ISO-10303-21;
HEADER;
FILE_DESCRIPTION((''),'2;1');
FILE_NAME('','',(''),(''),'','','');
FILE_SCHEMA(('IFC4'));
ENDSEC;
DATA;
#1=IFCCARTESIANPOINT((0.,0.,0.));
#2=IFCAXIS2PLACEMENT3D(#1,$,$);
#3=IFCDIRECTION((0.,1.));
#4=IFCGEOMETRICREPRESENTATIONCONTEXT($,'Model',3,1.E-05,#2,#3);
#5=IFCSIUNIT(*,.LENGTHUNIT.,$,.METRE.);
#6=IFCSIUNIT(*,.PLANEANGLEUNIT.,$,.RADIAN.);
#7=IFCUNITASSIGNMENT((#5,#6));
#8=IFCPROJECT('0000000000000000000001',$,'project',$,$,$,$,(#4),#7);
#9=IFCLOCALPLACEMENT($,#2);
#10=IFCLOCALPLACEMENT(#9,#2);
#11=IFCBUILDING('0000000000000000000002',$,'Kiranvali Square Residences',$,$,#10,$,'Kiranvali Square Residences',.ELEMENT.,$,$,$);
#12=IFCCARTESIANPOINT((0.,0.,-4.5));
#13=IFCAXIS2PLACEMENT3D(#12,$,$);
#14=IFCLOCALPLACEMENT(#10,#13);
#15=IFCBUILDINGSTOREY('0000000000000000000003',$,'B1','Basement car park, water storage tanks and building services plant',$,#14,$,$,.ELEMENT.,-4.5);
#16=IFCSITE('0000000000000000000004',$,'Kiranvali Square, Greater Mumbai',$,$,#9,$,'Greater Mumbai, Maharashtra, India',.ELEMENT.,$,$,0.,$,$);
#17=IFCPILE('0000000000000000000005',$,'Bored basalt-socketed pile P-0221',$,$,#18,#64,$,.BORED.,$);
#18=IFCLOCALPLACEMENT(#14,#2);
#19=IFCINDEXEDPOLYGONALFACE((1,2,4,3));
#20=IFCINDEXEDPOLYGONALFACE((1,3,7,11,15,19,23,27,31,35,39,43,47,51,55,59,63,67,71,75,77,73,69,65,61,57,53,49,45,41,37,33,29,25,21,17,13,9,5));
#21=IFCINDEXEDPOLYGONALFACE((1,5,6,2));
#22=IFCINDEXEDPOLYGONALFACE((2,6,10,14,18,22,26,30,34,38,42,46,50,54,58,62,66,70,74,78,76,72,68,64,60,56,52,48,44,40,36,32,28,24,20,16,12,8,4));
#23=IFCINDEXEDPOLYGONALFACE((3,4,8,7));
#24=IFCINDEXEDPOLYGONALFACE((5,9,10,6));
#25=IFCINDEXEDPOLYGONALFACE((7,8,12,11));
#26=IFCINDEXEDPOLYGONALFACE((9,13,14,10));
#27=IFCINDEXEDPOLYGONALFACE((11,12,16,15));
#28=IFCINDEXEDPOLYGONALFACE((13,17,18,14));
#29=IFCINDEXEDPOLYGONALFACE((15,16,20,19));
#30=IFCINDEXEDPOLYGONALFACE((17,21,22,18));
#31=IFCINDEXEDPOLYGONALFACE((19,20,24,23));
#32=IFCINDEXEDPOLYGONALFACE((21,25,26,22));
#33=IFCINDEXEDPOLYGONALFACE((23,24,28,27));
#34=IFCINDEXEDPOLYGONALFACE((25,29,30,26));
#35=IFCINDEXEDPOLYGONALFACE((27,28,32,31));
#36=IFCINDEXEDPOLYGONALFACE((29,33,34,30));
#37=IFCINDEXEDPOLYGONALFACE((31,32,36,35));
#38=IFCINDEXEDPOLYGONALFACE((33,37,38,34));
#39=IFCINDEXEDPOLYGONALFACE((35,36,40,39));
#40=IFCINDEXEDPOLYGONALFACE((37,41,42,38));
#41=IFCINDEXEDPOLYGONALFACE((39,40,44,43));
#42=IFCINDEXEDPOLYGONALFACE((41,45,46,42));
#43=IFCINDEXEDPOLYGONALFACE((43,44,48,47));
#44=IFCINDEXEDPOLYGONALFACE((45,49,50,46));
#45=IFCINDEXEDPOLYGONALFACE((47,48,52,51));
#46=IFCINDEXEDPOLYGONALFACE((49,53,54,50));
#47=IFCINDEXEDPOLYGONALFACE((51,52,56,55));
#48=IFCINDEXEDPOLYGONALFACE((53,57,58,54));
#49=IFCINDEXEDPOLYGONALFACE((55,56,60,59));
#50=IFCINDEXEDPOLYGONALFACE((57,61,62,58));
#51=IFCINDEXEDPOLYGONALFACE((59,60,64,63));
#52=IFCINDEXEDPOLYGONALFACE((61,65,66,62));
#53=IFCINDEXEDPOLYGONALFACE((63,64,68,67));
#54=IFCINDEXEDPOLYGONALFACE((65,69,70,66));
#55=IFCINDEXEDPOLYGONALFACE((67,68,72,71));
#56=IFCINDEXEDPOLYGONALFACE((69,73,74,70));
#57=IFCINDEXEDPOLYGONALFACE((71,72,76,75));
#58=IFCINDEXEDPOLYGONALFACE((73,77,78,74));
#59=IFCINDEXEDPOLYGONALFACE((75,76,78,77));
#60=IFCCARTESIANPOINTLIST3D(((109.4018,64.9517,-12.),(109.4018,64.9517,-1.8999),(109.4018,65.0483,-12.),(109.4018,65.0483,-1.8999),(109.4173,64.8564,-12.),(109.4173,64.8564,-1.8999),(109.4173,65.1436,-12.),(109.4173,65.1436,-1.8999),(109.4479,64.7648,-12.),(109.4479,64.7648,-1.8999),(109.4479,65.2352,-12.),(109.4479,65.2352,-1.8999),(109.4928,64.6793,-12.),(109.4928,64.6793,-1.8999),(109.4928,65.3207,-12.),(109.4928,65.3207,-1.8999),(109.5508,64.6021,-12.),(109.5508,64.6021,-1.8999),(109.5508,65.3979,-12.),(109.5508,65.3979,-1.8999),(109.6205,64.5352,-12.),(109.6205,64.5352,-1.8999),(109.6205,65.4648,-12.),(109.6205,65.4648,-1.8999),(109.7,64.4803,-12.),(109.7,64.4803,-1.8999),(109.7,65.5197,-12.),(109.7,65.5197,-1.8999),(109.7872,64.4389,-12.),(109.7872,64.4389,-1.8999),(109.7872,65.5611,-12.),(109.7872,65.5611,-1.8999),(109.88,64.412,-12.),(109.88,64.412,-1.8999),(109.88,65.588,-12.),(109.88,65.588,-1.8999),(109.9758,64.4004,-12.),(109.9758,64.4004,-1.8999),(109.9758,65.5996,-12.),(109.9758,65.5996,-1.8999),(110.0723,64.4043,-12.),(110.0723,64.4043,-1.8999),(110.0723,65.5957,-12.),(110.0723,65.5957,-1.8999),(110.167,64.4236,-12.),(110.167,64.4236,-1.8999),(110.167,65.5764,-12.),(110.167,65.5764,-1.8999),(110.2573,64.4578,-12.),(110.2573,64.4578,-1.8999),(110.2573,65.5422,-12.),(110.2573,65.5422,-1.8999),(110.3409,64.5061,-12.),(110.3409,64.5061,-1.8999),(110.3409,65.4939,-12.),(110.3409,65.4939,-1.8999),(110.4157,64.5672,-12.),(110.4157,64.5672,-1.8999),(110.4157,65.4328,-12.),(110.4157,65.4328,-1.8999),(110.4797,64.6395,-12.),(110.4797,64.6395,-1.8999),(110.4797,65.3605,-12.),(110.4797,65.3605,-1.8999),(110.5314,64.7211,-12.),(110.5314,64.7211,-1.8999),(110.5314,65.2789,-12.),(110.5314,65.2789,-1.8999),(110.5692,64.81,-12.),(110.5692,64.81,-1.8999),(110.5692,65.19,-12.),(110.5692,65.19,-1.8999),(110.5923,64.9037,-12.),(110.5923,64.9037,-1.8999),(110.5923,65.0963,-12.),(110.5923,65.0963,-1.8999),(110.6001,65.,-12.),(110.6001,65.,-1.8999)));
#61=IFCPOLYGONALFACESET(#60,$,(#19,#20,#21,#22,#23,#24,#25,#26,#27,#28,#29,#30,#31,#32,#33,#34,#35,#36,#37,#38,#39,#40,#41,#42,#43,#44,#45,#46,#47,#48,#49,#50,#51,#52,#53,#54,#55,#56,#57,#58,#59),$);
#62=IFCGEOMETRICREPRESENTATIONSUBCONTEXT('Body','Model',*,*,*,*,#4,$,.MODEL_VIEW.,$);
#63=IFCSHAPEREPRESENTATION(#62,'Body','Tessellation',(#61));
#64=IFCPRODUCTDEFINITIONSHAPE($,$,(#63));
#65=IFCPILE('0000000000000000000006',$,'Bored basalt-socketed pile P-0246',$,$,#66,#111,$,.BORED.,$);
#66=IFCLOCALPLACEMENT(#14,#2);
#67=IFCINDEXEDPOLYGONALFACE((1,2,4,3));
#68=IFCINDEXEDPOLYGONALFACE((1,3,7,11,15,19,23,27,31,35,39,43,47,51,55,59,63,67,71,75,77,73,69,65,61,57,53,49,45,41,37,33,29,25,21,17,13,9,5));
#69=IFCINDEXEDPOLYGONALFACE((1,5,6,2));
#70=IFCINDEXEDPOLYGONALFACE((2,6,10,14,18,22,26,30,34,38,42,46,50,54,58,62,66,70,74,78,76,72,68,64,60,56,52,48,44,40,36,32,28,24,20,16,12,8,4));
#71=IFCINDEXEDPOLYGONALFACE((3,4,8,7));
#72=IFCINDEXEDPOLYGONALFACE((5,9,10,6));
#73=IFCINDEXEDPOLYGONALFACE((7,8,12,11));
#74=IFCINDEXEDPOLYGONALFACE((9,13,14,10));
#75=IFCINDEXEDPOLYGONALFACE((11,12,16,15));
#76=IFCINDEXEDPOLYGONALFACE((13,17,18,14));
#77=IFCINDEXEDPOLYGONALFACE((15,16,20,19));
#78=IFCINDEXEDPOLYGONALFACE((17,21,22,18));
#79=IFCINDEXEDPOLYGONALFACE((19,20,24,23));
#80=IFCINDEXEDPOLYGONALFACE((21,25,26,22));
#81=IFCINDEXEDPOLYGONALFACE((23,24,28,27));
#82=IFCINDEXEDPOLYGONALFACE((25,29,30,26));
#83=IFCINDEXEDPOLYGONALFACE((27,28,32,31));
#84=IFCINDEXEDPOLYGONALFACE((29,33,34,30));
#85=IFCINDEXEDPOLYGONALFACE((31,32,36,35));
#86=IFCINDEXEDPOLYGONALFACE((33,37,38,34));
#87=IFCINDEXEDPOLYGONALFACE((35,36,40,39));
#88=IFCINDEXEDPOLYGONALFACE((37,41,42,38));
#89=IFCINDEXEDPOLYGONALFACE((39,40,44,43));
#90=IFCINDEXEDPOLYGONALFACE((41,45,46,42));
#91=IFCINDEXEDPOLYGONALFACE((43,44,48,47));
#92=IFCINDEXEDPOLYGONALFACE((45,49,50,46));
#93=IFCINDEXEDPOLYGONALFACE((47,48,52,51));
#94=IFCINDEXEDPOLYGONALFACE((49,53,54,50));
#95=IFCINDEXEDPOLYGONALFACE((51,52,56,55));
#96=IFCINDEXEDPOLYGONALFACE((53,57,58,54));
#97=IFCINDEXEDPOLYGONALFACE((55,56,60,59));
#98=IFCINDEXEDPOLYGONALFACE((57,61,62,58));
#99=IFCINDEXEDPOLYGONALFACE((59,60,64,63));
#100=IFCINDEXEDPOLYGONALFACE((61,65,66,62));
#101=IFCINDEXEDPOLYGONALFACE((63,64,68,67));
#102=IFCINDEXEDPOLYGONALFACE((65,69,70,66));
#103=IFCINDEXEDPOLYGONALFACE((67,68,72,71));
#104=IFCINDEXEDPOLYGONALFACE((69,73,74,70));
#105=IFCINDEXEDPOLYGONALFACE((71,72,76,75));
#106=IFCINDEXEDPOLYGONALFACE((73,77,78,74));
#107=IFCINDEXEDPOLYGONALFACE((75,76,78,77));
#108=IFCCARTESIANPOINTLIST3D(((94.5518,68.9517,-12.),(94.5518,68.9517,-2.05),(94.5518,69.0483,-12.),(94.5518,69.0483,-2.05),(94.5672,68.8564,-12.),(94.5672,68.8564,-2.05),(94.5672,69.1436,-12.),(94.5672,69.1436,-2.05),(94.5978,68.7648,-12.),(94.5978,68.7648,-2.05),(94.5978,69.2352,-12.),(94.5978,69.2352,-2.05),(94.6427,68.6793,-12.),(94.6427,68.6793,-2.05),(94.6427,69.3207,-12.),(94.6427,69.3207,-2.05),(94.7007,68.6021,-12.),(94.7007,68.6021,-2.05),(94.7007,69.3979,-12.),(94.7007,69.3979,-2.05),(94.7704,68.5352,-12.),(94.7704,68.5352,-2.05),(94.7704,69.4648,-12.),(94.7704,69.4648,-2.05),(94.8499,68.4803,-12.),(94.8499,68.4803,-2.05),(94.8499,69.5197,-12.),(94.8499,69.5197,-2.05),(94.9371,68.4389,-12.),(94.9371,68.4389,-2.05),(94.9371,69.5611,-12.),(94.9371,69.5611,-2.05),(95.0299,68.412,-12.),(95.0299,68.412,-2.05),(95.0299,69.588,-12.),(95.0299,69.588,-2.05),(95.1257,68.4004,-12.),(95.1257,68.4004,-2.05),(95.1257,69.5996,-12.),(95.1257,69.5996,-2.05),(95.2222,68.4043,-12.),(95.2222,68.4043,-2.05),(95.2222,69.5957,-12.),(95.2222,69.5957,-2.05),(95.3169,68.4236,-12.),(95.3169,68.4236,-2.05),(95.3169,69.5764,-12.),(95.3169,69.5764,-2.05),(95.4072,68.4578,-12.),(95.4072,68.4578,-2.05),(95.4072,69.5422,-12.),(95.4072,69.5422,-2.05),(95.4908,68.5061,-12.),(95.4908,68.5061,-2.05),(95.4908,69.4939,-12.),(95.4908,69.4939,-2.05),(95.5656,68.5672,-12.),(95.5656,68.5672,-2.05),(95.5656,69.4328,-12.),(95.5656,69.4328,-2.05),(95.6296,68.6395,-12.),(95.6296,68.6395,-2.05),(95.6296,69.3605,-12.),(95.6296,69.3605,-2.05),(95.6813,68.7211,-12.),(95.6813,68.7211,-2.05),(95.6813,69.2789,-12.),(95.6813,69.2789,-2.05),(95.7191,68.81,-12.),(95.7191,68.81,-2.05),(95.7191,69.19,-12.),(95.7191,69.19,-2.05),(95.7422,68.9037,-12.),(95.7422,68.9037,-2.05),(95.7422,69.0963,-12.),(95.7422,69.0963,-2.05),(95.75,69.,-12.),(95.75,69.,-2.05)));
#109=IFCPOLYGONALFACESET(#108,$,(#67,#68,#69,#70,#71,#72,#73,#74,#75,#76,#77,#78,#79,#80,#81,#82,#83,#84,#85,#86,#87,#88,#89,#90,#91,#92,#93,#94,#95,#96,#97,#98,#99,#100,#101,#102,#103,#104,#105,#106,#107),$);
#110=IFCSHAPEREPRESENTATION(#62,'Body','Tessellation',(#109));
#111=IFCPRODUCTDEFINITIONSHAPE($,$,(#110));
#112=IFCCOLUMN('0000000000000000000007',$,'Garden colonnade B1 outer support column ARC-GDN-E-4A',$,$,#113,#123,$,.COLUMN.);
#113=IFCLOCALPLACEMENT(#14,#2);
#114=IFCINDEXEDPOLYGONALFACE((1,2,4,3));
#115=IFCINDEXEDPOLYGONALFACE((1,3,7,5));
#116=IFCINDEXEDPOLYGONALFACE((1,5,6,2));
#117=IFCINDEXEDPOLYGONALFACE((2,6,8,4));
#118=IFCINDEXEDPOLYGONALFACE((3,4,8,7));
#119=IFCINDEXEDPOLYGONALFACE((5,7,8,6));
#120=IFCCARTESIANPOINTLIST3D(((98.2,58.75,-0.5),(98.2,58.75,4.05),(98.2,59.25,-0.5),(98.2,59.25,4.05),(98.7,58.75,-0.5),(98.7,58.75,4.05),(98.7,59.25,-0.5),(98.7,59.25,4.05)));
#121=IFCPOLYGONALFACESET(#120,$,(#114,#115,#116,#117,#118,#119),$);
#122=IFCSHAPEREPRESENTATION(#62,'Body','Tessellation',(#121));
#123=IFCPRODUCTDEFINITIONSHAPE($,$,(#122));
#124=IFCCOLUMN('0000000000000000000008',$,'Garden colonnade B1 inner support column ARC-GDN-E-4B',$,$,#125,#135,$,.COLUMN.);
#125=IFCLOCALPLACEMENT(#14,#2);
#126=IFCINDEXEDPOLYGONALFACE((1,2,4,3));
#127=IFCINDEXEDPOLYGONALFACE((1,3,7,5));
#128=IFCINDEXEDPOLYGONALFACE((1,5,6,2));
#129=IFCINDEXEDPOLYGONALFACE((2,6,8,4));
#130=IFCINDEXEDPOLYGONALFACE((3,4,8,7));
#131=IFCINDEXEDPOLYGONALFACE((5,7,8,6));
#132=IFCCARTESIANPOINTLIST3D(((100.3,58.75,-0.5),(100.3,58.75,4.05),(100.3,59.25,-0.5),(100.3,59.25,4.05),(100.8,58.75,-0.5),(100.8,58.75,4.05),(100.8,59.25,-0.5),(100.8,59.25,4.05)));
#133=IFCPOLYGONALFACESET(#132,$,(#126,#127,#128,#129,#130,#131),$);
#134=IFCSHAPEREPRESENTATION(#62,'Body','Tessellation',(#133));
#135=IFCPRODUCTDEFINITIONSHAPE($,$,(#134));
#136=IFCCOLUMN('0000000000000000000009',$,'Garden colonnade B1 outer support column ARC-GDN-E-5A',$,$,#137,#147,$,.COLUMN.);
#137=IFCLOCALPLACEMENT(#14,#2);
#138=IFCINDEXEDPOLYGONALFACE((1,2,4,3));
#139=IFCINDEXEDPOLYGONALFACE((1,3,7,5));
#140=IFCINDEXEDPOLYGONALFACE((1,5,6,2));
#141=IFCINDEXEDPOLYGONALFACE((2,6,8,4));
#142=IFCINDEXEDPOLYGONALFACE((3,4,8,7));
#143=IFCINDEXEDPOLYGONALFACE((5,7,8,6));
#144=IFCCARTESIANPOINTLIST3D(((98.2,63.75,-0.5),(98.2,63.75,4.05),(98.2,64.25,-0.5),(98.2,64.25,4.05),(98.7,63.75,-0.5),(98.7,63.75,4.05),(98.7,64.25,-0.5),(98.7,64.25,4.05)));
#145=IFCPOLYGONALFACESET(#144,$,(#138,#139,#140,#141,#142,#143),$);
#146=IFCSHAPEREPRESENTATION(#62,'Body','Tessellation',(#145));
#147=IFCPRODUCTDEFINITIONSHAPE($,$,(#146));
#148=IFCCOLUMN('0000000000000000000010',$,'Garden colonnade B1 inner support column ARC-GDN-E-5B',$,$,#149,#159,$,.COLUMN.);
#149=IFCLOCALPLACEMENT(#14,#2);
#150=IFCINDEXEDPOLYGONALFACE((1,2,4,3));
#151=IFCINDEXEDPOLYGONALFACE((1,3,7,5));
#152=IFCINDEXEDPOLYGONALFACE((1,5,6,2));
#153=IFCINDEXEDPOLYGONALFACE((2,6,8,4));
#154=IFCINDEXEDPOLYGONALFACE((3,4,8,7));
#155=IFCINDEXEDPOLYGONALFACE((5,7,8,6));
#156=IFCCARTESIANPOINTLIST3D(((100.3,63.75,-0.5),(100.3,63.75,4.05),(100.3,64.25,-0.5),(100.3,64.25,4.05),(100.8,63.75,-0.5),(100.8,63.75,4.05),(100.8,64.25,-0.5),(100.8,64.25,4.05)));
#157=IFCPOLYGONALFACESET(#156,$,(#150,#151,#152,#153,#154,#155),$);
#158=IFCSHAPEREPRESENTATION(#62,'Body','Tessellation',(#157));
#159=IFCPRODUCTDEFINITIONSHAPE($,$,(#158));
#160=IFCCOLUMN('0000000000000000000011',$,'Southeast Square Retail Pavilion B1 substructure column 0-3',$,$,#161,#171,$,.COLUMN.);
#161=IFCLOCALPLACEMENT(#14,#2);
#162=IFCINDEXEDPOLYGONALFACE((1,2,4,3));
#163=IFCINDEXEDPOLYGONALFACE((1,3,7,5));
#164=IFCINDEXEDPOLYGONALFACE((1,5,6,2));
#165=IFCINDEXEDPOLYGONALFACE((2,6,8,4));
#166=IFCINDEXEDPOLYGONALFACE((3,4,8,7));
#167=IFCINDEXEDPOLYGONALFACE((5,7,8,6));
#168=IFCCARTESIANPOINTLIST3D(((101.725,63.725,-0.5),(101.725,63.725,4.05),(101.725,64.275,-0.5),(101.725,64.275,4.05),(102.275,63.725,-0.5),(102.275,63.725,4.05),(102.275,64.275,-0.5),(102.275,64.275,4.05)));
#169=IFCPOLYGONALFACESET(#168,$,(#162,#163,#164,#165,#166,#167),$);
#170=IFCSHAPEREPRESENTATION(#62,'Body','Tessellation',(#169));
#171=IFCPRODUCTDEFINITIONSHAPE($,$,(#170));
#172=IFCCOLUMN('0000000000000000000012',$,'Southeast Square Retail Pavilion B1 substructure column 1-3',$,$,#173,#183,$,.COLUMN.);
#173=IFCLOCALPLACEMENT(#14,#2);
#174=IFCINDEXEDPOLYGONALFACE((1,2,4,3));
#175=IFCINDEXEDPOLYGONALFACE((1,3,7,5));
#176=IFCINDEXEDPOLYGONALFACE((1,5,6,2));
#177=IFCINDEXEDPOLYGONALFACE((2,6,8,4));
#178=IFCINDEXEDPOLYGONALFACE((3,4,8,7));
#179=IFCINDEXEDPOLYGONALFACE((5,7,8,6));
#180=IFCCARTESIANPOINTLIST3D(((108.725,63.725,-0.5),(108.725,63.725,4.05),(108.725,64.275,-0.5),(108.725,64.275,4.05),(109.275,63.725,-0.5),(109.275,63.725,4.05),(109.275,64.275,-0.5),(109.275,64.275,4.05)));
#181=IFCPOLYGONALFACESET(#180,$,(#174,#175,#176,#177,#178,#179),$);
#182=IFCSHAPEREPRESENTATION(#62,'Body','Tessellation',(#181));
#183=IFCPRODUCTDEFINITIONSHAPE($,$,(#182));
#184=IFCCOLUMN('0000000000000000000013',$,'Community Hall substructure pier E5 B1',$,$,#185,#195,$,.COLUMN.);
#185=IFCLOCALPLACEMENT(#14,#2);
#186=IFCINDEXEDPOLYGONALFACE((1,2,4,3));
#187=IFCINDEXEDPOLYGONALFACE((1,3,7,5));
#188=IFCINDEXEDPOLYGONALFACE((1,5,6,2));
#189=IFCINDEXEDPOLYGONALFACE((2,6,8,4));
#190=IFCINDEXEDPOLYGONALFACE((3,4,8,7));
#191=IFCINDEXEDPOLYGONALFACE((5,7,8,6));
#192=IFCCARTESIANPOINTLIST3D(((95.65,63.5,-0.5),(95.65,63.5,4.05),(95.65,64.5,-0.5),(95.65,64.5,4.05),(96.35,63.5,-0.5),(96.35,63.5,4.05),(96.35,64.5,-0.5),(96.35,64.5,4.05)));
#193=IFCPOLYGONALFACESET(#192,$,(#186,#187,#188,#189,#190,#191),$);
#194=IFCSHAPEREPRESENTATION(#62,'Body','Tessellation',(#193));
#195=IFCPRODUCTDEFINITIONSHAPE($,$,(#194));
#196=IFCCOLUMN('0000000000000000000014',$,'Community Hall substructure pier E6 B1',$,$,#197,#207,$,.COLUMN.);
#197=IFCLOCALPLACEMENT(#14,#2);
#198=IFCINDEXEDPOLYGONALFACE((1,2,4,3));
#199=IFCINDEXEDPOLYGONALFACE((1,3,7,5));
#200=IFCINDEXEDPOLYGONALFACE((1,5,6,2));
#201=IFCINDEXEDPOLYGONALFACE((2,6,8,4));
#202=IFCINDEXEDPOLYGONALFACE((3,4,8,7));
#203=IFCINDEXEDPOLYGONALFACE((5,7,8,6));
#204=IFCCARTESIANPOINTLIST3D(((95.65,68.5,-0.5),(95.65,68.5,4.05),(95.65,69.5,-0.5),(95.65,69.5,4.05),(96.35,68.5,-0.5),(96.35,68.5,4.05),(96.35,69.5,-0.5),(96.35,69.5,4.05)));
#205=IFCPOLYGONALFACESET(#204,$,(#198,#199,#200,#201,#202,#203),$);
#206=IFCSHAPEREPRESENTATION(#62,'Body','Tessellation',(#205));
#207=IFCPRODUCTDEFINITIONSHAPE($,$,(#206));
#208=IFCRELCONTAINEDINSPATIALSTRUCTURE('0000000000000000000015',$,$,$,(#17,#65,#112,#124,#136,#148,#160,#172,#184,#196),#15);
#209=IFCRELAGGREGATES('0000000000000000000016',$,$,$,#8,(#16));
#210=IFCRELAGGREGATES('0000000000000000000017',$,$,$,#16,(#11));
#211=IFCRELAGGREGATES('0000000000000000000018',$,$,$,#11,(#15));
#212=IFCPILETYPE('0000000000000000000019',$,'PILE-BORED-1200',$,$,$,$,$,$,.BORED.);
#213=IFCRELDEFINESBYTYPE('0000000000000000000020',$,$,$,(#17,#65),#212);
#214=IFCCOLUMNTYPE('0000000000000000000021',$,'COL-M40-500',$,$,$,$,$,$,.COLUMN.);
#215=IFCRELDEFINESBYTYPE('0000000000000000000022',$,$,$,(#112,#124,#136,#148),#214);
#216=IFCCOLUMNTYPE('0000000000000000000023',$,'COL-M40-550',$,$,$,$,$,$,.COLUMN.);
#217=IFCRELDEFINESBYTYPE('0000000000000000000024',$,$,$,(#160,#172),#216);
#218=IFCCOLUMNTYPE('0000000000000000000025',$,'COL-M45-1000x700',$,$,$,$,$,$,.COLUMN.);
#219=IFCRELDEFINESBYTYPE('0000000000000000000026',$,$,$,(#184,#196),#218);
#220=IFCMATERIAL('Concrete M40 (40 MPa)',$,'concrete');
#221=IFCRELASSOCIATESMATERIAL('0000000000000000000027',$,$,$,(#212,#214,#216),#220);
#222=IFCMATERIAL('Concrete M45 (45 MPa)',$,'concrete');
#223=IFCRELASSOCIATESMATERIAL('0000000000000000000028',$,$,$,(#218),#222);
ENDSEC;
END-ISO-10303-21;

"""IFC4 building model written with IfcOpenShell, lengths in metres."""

from ifc_helpers import new_model, si_unit, direction, frame, origin, origin_2d, place, context, subcontext, project, spatial, rectangle, circle, extrude, material, material_profile, profile_set, type_object, element, save


model = new_model("IFC4")

# Units and contexts
model_context = context("Model", 3, precision=1e-05, world=origin(), true_north=direction((0.0, 1.0)))
body_context = subcontext(model_context, "Body", "Model", "MODEL_VIEW")
ifc_project = project(units=[si_unit("LENGTHUNIT", "METRE"), si_unit("PLANEANGLEUNIT", "RADIAN")], contexts=[model_context])

# Site, building, storey
site_placement = place(None, origin())
site = spatial("IfcSite", under=ifc_project, at=site_placement, Name="Kiranvali Square, Greater Mumbai", LongName="Greater Mumbai, Maharashtra, India", CompositionType="ELEMENT", RefElevation=0.0)
building_placement = place(site_placement, origin())
building = spatial("IfcBuilding", under=site, at=building_placement, Name="Kiranvali Square Residences", LongName="Kiranvali Square Residences", CompositionType="ELEMENT")
storey_placement = place(building_placement, frame((0.0, 0.0, -4.5)))
storey = spatial("IfcBuildingStorey", under=building, at=storey_placement, Name="B1", Description="Basement car park, water storage tanks and building services plant", CompositionType="ELEMENT", Elevation=-4.5)

# Shared definitions
ifc_material_1 = material(Name="Concrete M40 (40 MPa)", Category="concrete")

# Piles
ifc_material_profile_1 = material_profile(ifc_material_1, circle(Radius=0.6001, at=origin_2d()), Name="BORED PILE 1200")
ifc_profile_set_1 = profile_set([ifc_material_profile_1], Name="Concrete M40 (40 MPa)")
pile_type = type_object("IfcPileType", Name="PILE-BORED-1200", PredefinedType="BORED", material=ifc_profile_set_1)
for number, where, z_axis, x_axis, name in (
    (1, (110.0, 65.0, -1.8999), (0.0, 0.0, -1.0), (1.0, 0.0, 0.0), "Bored basalt-socketed pile P-0221"),
):
    element("IfcPile", number, at=place(storey_placement, frame(where, z_axis=z_axis, x_axis=x_axis)), inside=storey, type_object=pile_type, Name=name, PredefinedType="BORED", context=body_context, shape_type="SweptSolid", body=[
        extrude(circle(Radius=0.6001, at=origin_2d()), origin(), (0.0, 0.0, 1.0), 10.1001),
    ])
pile_placement = place(storey_placement, frame((95.1499, 69.0, -2.05), z_axis=(0.0, 0.0, -1.0), x_axis=(1.0, 0.0, 0.0)))
element("IfcPile", 2, at=pile_placement, inside=storey, type_object=pile_type, Name="Bored basalt-socketed pile P-0246", PredefinedType="BORED", context=body_context, shape_type="SweptSolid", body=[
    extrude(circle(Radius=0.6001, at=origin_2d()), origin(), (0.0, 0.0, 1.0), 9.95),
])

# Columns
ifc_material_profile_2 = material_profile(ifc_material_1, rectangle(XDim=0.5, YDim=0.5, at=origin_2d()), Name="RC 500x500")
ifc_profile_set_2 = profile_set([ifc_material_profile_2], Name="Concrete M40 (40 MPa)")
column_type_1 = type_object("IfcColumnType", Name="COL-M40-500", PredefinedType="COLUMN", material=ifc_profile_set_2)
for number, where, z_axis, x_axis, name in (
    (3, (98.45, 59.0, -0.5), (0.0, 0.0, 1.0), (1.0, 0.0, 0.0), "Garden colonnade B1 outer support column ARC-GDN-E-4A"),
    (4, (100.55, 59.0, -0.5), (0.0, 0.0, 1.0), (1.0, 0.0, 0.0), "Garden colonnade B1 inner support column ARC-GDN-E-4B"),
    (5, (98.45, 64.0, -0.5), (0.0, 0.0, 1.0), (1.0, 0.0, 0.0), "Garden colonnade B1 outer support column ARC-GDN-E-5A"),
    (6, (100.55, 64.0, -0.5), (0.0, 0.0, 1.0), (1.0, 0.0, 0.0), "Garden colonnade B1 inner support column ARC-GDN-E-5B"),
):
    element("IfcColumn", number, at=place(storey_placement, frame(where, z_axis=z_axis, x_axis=x_axis)), inside=storey, type_object=column_type_1, Name=name, PredefinedType="COLUMN", context=body_context, shape_type="SweptSolid", body=[
        extrude(rectangle(XDim=0.5, YDim=0.5, at=origin_2d()), origin(), (0.0, 0.0, 1.0), 4.55),
    ])
ifc_material_profile_3 = material_profile(ifc_material_1, rectangle(XDim=0.55, YDim=0.55, at=origin_2d()), Name="RC 550x550")
ifc_profile_set_3 = profile_set([ifc_material_profile_3], Name="Concrete M40 (40 MPa)")
column_type_2 = type_object("IfcColumnType", Name="COL-M40-550", PredefinedType="COLUMN", material=ifc_profile_set_3)
for number, where, z_axis, x_axis, name in (
    (7, (102.0, 64.0, -0.5), (0.0, 0.0, 1.0), (1.0, 0.0, 0.0), "Southeast Square Retail Pavilion B1 substructure column 0-3"),
    (8, (109.0, 64.0, -0.5), (0.0, 0.0, 1.0), (1.0, 0.0, 0.0), "Southeast Square Retail Pavilion B1 substructure column 1-3"),
):
    element("IfcColumn", number, at=place(storey_placement, frame(where, z_axis=z_axis, x_axis=x_axis)), inside=storey, type_object=column_type_2, Name=name, PredefinedType="COLUMN", context=body_context, shape_type="SweptSolid", body=[
        extrude(rectangle(XDim=0.55, YDim=0.55, at=origin_2d()), origin(), (0.0, 0.0, 1.0), 4.55),
    ])
ifc_material_2 = material(Name="Concrete M45 (45 MPa)", Category="concrete")
ifc_material_profile_4 = material_profile(ifc_material_2, rectangle(XDim=0.7, YDim=1.0, at=origin_2d()), Name="RC 1000x700")
ifc_profile_set_4 = profile_set([ifc_material_profile_4], Name="Concrete M45 (45 MPa)")
column_type_3 = type_object("IfcColumnType", Name="COL-M45-1000x700", PredefinedType="COLUMN", material=ifc_profile_set_4)
for number, where, z_axis, x_axis, name in (
    (9, (96.0, 64.0, -0.5), (0.0, 0.0, 1.0), (1.0, 0.0, 0.0), "Community Hall substructure pier E5 B1"),
    (10, (96.0, 69.0, -0.5), (0.0, 0.0, 1.0), (1.0, 0.0, 0.0), "Community Hall substructure pier E6 B1"),
):
    element("IfcColumn", number, at=place(storey_placement, frame(where, z_axis=z_axis, x_axis=x_axis)), inside=storey, type_object=column_type_3, Name=name, PredefinedType="COLUMN", context=body_context, shape_type="SweptSolid", body=[
        extrude(rectangle(XDim=0.7, YDim=1.0, at=origin_2d()), origin(), (0.0, 0.0, 1.0), 4.55),
    ])

save(model, "model.ifc")
